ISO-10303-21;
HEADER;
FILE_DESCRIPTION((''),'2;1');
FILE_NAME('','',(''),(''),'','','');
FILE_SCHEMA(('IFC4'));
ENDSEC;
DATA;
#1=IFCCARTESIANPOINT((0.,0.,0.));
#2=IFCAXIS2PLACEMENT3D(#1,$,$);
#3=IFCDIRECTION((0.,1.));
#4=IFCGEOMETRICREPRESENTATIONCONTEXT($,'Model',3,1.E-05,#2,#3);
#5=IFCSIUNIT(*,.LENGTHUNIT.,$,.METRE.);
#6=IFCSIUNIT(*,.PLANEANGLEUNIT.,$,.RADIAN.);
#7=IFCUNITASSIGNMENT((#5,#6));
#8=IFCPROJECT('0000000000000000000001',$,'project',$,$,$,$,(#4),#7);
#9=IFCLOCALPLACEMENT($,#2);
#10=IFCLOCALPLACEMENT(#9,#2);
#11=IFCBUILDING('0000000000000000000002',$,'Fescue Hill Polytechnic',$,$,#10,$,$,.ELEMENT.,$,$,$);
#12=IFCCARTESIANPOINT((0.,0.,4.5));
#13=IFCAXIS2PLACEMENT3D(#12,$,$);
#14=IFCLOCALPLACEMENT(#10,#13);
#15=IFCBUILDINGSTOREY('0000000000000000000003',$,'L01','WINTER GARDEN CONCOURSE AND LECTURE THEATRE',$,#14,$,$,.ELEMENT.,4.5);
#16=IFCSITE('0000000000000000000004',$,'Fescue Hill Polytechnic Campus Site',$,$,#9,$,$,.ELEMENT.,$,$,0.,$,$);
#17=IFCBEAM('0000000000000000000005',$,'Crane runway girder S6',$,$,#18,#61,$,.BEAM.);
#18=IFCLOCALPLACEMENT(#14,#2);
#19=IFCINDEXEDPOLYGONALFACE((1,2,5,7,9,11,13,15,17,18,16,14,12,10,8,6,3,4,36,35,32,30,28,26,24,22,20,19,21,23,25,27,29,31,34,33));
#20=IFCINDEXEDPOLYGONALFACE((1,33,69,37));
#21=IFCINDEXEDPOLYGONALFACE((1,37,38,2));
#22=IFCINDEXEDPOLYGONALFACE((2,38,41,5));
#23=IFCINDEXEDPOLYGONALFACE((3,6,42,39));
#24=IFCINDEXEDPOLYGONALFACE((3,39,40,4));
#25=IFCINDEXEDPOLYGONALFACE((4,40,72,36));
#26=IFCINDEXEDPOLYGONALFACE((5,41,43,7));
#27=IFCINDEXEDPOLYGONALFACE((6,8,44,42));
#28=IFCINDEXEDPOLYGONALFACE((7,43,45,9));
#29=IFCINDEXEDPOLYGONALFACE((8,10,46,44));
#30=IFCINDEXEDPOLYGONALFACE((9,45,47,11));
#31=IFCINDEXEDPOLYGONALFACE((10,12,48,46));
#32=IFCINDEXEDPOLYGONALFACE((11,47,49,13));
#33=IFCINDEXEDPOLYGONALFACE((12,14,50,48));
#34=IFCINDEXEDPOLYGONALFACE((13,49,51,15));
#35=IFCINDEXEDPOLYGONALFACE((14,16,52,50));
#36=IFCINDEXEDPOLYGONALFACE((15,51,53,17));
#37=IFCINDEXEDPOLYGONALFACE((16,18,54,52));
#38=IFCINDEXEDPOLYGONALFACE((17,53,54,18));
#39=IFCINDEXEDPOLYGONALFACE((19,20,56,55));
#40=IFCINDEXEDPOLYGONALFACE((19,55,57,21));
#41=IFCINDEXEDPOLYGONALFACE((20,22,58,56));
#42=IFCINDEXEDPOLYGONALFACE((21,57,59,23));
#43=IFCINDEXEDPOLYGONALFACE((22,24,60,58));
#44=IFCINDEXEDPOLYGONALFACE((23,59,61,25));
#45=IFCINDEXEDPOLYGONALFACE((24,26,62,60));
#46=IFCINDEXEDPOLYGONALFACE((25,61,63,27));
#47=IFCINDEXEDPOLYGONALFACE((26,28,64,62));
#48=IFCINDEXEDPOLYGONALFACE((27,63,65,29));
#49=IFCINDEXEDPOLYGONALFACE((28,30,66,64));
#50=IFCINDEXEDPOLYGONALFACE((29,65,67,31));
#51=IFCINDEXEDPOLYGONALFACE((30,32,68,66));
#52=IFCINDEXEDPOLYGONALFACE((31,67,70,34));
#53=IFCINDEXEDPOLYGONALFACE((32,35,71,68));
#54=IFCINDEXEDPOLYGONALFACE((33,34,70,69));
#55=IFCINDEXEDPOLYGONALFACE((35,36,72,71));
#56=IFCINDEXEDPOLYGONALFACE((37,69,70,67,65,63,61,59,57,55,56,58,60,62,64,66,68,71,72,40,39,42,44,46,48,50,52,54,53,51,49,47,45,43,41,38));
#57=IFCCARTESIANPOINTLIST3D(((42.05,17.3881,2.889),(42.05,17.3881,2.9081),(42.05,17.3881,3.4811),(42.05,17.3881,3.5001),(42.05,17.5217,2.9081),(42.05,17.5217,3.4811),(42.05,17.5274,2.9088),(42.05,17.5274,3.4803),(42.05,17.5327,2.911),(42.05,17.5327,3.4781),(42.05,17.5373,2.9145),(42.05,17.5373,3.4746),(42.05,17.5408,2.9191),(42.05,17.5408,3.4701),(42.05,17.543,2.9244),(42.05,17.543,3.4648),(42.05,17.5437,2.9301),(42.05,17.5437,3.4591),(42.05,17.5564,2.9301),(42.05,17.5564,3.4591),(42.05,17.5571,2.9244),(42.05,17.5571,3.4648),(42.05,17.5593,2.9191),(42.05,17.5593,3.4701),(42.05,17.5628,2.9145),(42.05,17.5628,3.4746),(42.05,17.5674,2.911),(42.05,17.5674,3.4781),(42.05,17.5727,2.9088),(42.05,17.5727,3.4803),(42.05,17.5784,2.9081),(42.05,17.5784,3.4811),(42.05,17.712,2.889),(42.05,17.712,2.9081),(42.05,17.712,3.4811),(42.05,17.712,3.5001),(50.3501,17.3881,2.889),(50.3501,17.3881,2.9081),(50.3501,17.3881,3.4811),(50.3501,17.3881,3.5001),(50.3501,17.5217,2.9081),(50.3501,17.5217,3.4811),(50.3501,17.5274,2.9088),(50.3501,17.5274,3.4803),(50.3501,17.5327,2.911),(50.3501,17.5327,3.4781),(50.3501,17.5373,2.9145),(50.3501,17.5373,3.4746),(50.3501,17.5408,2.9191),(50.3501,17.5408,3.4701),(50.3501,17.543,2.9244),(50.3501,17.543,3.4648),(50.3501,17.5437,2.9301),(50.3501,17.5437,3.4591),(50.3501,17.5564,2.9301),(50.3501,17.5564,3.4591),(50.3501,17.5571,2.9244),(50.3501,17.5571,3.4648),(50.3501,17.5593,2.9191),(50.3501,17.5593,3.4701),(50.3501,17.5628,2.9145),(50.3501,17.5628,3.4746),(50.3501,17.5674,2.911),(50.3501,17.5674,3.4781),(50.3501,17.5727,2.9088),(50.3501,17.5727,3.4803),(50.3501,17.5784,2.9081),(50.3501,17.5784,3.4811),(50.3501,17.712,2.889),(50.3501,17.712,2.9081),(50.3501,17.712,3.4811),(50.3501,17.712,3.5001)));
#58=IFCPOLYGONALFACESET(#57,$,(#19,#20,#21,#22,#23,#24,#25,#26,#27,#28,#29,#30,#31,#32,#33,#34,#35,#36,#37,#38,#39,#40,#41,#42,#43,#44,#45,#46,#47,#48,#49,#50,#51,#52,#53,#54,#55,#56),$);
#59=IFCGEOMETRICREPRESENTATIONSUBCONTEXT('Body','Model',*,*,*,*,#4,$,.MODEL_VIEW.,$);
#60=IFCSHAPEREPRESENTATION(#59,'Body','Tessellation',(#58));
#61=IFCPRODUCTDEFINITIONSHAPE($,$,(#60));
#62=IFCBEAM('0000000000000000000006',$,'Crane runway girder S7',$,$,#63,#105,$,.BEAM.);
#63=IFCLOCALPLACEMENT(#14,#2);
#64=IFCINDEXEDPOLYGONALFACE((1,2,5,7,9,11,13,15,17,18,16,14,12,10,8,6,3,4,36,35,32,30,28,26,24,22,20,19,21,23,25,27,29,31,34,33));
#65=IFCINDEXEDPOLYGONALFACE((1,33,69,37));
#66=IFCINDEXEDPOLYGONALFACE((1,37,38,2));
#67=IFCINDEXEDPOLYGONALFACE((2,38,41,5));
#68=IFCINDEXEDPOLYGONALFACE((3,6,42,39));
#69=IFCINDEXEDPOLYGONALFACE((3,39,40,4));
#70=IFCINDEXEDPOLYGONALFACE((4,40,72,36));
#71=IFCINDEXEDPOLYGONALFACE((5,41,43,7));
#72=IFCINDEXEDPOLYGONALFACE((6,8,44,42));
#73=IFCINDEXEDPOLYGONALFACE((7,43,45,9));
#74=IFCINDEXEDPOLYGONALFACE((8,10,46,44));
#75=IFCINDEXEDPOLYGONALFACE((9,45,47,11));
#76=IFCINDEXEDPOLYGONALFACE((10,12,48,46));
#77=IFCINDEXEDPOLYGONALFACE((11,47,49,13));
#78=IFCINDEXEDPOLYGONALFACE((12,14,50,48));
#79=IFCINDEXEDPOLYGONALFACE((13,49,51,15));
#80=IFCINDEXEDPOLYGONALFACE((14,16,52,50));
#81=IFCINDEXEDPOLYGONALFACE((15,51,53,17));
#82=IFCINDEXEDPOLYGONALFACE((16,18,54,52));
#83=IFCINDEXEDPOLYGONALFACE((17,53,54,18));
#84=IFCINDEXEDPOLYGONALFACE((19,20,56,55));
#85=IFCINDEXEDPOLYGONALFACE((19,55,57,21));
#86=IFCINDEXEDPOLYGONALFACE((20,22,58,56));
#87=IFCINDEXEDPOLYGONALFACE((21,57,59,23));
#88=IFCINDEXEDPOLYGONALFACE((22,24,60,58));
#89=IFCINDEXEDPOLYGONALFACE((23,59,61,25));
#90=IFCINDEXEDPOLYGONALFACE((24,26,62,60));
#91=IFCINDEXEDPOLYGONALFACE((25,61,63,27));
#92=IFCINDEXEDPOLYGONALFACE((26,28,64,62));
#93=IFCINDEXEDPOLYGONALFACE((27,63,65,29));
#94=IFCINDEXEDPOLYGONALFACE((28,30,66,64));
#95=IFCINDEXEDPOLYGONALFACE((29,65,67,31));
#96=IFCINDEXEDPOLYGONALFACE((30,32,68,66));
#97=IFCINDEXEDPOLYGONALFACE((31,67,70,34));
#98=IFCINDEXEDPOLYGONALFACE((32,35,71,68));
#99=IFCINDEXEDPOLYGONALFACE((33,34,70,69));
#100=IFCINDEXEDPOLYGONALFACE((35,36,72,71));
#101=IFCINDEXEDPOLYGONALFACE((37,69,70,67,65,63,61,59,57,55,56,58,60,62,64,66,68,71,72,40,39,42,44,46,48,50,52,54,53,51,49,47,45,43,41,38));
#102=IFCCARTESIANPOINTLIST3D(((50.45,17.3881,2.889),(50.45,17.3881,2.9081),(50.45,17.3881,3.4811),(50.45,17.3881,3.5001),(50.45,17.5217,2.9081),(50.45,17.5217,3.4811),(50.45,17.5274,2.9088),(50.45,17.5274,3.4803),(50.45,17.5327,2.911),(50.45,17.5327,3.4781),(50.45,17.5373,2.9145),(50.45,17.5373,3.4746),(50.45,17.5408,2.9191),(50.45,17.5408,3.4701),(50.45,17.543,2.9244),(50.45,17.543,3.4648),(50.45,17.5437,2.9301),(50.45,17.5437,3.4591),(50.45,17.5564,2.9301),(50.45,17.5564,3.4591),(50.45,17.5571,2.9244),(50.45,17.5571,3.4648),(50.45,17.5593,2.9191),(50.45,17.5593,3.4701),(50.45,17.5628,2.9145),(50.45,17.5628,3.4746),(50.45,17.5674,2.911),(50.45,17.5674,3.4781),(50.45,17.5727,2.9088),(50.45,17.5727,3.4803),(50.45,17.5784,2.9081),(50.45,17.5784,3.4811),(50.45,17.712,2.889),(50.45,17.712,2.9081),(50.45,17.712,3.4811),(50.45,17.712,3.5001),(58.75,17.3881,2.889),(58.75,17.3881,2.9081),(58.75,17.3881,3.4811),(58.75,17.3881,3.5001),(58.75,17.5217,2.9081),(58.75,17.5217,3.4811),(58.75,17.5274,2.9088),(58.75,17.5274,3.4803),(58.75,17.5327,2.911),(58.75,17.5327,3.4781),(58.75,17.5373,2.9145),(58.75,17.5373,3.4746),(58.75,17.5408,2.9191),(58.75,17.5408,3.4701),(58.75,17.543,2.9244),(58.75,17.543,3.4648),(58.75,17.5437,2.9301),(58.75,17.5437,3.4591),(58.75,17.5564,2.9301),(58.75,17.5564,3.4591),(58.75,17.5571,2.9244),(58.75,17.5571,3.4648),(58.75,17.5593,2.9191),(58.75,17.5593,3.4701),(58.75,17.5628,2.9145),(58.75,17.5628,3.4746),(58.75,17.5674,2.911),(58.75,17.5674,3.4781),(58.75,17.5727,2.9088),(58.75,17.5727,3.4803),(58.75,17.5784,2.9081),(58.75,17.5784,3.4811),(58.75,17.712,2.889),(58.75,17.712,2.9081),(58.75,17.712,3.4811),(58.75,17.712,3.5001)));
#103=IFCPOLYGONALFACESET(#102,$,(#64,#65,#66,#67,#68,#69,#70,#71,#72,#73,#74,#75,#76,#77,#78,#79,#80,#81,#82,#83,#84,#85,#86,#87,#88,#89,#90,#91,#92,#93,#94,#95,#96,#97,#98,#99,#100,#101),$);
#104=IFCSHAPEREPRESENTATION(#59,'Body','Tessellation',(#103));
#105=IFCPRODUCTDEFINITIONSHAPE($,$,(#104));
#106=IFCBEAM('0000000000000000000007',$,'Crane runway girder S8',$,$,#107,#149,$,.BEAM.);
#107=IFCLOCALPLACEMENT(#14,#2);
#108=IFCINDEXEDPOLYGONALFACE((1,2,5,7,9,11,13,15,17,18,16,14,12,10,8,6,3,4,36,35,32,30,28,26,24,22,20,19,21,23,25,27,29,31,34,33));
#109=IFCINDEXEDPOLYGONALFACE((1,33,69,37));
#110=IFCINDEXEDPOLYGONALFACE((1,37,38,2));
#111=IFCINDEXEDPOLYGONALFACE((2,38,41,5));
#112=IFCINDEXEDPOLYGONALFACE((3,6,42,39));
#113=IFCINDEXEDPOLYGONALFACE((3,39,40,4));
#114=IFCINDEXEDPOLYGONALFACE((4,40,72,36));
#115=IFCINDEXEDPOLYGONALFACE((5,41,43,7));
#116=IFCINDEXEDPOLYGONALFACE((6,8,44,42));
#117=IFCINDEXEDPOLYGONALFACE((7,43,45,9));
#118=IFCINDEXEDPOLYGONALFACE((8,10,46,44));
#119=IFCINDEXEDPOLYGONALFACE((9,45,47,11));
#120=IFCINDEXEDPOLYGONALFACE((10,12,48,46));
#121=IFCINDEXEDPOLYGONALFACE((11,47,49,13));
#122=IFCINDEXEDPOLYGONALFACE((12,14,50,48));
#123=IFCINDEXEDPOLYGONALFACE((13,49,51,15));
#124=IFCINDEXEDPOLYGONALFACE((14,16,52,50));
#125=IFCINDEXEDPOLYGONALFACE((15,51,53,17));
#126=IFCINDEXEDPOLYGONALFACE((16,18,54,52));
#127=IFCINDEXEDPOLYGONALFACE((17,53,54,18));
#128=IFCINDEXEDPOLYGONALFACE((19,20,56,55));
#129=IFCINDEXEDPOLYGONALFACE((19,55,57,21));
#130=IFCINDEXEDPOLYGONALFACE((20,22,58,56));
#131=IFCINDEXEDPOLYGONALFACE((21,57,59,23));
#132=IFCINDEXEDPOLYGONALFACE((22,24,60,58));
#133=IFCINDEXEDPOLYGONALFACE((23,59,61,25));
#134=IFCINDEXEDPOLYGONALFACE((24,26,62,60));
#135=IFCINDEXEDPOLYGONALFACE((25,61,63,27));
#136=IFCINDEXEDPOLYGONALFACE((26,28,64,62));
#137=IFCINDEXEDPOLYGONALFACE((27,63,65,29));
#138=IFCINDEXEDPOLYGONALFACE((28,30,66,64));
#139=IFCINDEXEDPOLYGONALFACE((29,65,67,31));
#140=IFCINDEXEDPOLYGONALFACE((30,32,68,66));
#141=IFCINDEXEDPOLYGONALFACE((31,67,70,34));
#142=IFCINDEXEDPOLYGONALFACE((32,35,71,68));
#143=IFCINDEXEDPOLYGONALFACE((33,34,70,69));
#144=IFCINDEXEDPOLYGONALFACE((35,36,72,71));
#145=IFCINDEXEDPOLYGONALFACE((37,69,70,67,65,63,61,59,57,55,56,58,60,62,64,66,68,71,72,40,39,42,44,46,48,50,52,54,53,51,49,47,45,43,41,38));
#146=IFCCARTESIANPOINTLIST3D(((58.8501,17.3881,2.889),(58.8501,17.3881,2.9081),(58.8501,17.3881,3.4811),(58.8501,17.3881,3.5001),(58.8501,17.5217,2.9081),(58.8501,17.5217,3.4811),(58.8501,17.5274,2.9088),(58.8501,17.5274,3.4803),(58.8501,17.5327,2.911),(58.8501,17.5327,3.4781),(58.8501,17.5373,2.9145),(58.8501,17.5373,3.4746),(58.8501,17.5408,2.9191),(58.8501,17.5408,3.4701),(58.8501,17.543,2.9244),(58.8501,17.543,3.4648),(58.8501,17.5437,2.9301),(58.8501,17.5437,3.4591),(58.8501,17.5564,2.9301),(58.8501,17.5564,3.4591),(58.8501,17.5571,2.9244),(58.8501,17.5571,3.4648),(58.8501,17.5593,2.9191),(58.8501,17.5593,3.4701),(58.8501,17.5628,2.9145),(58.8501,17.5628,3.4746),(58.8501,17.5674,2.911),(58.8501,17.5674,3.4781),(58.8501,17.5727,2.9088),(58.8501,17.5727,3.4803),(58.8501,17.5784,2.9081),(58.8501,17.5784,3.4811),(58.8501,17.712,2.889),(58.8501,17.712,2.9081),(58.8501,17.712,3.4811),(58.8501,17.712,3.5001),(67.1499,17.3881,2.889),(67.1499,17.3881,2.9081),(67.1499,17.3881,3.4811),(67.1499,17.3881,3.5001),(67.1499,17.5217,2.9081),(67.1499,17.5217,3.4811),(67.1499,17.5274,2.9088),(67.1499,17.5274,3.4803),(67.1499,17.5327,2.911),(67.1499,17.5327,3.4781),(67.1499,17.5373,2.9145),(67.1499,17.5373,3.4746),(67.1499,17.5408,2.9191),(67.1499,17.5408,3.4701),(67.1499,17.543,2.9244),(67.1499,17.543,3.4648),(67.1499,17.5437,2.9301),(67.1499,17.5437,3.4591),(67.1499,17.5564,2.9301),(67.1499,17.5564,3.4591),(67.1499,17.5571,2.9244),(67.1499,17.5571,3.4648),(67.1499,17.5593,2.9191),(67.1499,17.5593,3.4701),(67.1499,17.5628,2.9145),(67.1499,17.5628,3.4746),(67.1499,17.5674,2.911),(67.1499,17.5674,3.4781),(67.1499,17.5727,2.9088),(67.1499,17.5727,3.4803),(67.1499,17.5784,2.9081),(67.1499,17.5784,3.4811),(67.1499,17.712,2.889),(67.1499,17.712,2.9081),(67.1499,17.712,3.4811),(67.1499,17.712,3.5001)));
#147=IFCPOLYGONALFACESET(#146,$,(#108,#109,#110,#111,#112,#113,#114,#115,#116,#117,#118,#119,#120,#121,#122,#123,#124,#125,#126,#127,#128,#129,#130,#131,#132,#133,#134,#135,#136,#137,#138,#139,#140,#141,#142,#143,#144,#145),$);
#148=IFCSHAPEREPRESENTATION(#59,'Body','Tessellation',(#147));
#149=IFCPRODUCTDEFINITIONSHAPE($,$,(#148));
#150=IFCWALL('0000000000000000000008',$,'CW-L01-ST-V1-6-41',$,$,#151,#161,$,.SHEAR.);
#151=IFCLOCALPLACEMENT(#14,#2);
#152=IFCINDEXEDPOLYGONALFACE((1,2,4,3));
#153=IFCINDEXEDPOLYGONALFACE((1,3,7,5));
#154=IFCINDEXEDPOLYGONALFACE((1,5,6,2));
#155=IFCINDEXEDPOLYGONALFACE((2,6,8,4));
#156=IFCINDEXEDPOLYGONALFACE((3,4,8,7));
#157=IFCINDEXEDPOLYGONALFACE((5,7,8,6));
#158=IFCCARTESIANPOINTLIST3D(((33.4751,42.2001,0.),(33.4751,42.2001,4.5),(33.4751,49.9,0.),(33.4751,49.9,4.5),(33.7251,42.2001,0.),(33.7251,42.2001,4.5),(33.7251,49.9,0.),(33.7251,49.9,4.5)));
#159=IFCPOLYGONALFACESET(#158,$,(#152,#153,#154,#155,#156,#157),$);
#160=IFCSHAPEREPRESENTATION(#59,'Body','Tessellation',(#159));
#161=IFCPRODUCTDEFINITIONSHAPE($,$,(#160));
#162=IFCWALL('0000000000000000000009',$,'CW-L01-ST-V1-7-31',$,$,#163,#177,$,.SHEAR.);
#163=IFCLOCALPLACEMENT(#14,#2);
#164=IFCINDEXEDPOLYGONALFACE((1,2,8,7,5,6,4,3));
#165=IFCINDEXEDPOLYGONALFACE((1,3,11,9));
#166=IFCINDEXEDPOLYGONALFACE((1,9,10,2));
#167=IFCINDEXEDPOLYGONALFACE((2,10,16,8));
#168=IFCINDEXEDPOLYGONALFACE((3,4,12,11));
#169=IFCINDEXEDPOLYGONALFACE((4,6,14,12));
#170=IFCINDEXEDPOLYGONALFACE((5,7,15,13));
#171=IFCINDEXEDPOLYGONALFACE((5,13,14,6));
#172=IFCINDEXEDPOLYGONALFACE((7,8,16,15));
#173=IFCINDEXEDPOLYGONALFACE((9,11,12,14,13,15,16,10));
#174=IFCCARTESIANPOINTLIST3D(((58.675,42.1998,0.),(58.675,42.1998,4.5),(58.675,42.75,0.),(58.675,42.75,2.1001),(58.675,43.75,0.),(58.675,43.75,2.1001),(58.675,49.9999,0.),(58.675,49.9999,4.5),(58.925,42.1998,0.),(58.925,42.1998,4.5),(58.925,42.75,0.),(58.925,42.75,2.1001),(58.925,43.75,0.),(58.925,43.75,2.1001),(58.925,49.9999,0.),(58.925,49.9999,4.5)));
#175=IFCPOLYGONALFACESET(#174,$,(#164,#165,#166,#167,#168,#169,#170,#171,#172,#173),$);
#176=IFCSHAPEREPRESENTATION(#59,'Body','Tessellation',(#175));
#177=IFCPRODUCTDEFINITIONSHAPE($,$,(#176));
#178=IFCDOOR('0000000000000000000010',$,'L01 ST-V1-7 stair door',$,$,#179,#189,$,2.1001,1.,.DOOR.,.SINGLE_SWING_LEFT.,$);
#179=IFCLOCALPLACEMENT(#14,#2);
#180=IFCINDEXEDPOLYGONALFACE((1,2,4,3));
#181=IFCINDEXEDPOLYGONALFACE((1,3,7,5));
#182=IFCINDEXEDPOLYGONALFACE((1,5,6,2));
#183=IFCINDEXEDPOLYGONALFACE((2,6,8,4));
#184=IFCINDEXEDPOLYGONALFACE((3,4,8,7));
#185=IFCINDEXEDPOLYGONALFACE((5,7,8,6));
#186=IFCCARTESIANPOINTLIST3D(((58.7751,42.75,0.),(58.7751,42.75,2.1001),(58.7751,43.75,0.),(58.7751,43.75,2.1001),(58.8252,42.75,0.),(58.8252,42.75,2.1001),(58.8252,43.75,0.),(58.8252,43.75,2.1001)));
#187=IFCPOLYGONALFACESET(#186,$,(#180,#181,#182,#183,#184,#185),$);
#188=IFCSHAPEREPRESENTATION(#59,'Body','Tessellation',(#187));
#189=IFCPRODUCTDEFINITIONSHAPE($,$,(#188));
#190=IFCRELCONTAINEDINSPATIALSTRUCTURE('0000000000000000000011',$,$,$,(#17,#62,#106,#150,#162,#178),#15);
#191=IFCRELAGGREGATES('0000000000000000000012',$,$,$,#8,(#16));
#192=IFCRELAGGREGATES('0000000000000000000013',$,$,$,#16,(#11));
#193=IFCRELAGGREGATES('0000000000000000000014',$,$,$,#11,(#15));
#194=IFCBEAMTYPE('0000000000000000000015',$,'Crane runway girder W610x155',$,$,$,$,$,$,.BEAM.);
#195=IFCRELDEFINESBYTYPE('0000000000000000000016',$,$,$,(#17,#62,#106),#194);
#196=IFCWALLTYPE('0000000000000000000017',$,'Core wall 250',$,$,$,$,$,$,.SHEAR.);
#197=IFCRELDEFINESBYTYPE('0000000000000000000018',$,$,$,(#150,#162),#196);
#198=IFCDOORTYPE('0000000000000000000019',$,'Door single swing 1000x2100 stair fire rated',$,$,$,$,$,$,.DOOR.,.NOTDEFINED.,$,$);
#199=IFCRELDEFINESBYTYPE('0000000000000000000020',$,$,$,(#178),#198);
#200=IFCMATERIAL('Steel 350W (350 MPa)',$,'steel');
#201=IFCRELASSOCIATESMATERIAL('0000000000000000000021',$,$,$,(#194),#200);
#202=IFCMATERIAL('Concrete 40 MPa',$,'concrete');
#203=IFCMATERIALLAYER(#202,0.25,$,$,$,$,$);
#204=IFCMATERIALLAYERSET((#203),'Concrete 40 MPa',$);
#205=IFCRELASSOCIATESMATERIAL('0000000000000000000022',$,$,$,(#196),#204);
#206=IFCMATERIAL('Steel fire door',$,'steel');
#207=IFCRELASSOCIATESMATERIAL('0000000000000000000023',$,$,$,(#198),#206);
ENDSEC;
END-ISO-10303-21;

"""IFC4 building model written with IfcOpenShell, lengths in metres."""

from ifc_helpers import new_model, si_unit, direction, frame, frame_2d, origin, origin_2d, place, context, subcontext, project, spatial, rectangle, i_section, extrude, material, layer, layer_set, material_profile, profile_set, type_object, element, fill, save


model = new_model("IFC4")

# Units and contexts
model_context = context("Model", 3, precision=1e-05, world=origin(), true_north=direction((0.0, 1.0)))
body_context = subcontext(model_context, "Body", "Model", "MODEL_VIEW")
ifc_project = project(units=[si_unit("LENGTHUNIT", "METRE"), si_unit("PLANEANGLEUNIT", "RADIAN")], contexts=[model_context])

# Site, building, storey
site_placement = place(None, origin())
site = spatial("IfcSite", under=ifc_project, at=site_placement, Name="Fescue Hill Polytechnic Campus Site", CompositionType="ELEMENT", RefElevation=0.0)
building_placement = place(site_placement, origin())
building = spatial("IfcBuilding", under=site, at=building_placement, Name="Fescue Hill Polytechnic", CompositionType="ELEMENT")
storey_placement = place(building_placement, frame((0.0, 0.0, 4.5)))
storey = spatial("IfcBuildingStorey", under=building, at=storey_placement, Name="L01", Description="WINTER GARDEN CONCOURSE AND LECTURE THEATRE", CompositionType="ELEMENT", Elevation=4.5)

# Shared definitions
ifc_material_1 = material(Name="Concrete 40 MPa", Category="concrete")

# Beams
ifc_material_2 = material(Name="Steel 350W (350 MPa)", Category="steel")
ifc_material_profile_1 = material_profile(ifc_material_2, i_section(OverallWidth=0.324, OverallDepth=0.6111, WebThickness=0.0127, FlangeThickness=0.019, FilletRadius=0.022, at=origin_2d()), Name="W610x155")
ifc_profile_set_1 = profile_set([ifc_material_profile_1], Name="Steel 350W (350 MPa)")
beam_type_1 = type_object("IfcBeamType", Name="Crane runway girder W610x155", PredefinedType="BEAM", material=ifc_profile_set_1)
for number, where, z_axis, x_axis, name in (
    (1, (42.05, 17.55, 3.1946), (1.0, 0.0, 0.0), (0.0, 1.0, 0.0), "Crane runway girder S6"),
    (2, (50.45, 17.55, 3.1946), (1.0, 0.0, 0.0), (0.0, 1.0, 0.0), "Crane runway girder S7"),
):
    element("IfcBeam", number, at=place(storey_placement, frame(where, z_axis=z_axis, x_axis=x_axis)), inside=storey, type_object=beam_type_1, Name=name, PredefinedType="BEAM", context=body_context, shape_type="SweptSolid", body=[
        extrude(i_section(OverallWidth=0.324, OverallDepth=0.6111, WebThickness=0.0127, FlangeThickness=0.019, FilletRadius=0.022, at=origin_2d()), origin(), (0.0, 0.0, 1.0), 8.3),
    ])
beam_1_placement = place(storey_placement, frame((58.8501, 17.55, 3.1946), z_axis=(1.0, 0.0, 0.0), x_axis=(0.0, 1.0, 0.0)))
element("IfcBeam", 3, at=beam_1_placement, inside=storey, type_object=beam_type_1, Name="Crane runway girder S8", PredefinedType="BEAM", context=body_context, shape_type="SweptSolid", body=[
    extrude(i_section(OverallWidth=0.324, OverallDepth=0.6111, WebThickness=0.0127, FlangeThickness=0.019, FilletRadius=0.022, at=origin_2d()), origin(), (0.0, 0.0, 1.0), 8.2998),
])

# Wall
ifc_layer = layer(ifc_material_1, 0.25)
ifc_layer_set = layer_set([ifc_layer], Name="Concrete 40 MPa")
wall_type = type_object("IfcWallType", Name="Core wall 250", PredefinedType="SHEAR", material=ifc_layer_set)
wall_1_placement = place(storey_placement, frame((33.6001, 42.2, 0.0), z_axis=(0.0, 0.0, 1.0), x_axis=(0.0, 1.0, 0.0)))
element("IfcWall", 4, at=wall_1_placement, inside=storey, type_object=wall_type, Name="CW-L01-ST-V1-6-41", PredefinedType="SHEAR", context=body_context, shape_type="SweptSolid", body=[
    extrude(rectangle(XDim=7.7, YDim=0.25, at=frame_2d((3.8501, 0.0))), origin(), (0.0, 0.0, 1.0), 4.5),
])

# Wall, opening, door
wall_2_placement = place(storey_placement, frame((58.8, 42.2, 0.0), z_axis=(0.0, 0.0, 1.0), x_axis=(0.0, 1.0, 0.0)))
wall_2 = element("IfcWall", 5, at=wall_2_placement, inside=storey, type_object=wall_type, Name="CW-L01-ST-V1-7-31", PredefinedType="SHEAR", context=body_context, shape_type="SweptSolid", body=[
    extrude(rectangle(XDim=7.8, YDim=0.25, at=frame_2d((3.8999, 0.0))), origin(), (0.0, 0.0, 1.0), 4.5),
])
opening_placement = place(wall_2_placement, frame((0.55, 0.0, 0.0)))
opening = element("IfcOpeningElement", 6, at=opening_placement, cuts=wall_2, PredefinedType="OPENING", context=body_context, shape_type="SweptSolid", body=[
    extrude(rectangle(XDim=1.0, YDim=2.1001, at=frame_2d((0.5, 1.05))), frame((0.0, 0.135, 0.0), z_axis=(0.0, -1.0, 0.0), x_axis=(1.0, 0.0, 0.0)), (0.0, 0.0, 1.0), 0.27),
])
ifc_material_3 = material(Name="Steel fire door", Category="steel")
door_type = type_object("IfcDoorType", Name="Door single swing 1000x2100 stair fire rated", OperationType="NOTDEFINED", PredefinedType="DOOR", material=ifc_material_3)
door_placement = place(opening_placement, origin())
door = element("IfcDoor", 7, at=door_placement, inside=storey, type_object=door_type, Name="L01 ST-V1-7 stair door", OperationType="SINGLE_SWING_LEFT", OverallHeight=2.1001, OverallWidth=1.0, PredefinedType="DOOR", context=body_context, shape_type="SweptSolid", body=[
    extrude(rectangle(XDim=1.0, YDim=2.1001, at=frame_2d((0.5, 1.05))), frame((0.0, 0.0249, 0.0), z_axis=(0.0, -1.0, 0.0), x_axis=(1.0, 0.0, 0.0)), (0.0, 0.0, 1.0), 0.05),
])
fill(opening, door)

save(model, "model.ifc")
